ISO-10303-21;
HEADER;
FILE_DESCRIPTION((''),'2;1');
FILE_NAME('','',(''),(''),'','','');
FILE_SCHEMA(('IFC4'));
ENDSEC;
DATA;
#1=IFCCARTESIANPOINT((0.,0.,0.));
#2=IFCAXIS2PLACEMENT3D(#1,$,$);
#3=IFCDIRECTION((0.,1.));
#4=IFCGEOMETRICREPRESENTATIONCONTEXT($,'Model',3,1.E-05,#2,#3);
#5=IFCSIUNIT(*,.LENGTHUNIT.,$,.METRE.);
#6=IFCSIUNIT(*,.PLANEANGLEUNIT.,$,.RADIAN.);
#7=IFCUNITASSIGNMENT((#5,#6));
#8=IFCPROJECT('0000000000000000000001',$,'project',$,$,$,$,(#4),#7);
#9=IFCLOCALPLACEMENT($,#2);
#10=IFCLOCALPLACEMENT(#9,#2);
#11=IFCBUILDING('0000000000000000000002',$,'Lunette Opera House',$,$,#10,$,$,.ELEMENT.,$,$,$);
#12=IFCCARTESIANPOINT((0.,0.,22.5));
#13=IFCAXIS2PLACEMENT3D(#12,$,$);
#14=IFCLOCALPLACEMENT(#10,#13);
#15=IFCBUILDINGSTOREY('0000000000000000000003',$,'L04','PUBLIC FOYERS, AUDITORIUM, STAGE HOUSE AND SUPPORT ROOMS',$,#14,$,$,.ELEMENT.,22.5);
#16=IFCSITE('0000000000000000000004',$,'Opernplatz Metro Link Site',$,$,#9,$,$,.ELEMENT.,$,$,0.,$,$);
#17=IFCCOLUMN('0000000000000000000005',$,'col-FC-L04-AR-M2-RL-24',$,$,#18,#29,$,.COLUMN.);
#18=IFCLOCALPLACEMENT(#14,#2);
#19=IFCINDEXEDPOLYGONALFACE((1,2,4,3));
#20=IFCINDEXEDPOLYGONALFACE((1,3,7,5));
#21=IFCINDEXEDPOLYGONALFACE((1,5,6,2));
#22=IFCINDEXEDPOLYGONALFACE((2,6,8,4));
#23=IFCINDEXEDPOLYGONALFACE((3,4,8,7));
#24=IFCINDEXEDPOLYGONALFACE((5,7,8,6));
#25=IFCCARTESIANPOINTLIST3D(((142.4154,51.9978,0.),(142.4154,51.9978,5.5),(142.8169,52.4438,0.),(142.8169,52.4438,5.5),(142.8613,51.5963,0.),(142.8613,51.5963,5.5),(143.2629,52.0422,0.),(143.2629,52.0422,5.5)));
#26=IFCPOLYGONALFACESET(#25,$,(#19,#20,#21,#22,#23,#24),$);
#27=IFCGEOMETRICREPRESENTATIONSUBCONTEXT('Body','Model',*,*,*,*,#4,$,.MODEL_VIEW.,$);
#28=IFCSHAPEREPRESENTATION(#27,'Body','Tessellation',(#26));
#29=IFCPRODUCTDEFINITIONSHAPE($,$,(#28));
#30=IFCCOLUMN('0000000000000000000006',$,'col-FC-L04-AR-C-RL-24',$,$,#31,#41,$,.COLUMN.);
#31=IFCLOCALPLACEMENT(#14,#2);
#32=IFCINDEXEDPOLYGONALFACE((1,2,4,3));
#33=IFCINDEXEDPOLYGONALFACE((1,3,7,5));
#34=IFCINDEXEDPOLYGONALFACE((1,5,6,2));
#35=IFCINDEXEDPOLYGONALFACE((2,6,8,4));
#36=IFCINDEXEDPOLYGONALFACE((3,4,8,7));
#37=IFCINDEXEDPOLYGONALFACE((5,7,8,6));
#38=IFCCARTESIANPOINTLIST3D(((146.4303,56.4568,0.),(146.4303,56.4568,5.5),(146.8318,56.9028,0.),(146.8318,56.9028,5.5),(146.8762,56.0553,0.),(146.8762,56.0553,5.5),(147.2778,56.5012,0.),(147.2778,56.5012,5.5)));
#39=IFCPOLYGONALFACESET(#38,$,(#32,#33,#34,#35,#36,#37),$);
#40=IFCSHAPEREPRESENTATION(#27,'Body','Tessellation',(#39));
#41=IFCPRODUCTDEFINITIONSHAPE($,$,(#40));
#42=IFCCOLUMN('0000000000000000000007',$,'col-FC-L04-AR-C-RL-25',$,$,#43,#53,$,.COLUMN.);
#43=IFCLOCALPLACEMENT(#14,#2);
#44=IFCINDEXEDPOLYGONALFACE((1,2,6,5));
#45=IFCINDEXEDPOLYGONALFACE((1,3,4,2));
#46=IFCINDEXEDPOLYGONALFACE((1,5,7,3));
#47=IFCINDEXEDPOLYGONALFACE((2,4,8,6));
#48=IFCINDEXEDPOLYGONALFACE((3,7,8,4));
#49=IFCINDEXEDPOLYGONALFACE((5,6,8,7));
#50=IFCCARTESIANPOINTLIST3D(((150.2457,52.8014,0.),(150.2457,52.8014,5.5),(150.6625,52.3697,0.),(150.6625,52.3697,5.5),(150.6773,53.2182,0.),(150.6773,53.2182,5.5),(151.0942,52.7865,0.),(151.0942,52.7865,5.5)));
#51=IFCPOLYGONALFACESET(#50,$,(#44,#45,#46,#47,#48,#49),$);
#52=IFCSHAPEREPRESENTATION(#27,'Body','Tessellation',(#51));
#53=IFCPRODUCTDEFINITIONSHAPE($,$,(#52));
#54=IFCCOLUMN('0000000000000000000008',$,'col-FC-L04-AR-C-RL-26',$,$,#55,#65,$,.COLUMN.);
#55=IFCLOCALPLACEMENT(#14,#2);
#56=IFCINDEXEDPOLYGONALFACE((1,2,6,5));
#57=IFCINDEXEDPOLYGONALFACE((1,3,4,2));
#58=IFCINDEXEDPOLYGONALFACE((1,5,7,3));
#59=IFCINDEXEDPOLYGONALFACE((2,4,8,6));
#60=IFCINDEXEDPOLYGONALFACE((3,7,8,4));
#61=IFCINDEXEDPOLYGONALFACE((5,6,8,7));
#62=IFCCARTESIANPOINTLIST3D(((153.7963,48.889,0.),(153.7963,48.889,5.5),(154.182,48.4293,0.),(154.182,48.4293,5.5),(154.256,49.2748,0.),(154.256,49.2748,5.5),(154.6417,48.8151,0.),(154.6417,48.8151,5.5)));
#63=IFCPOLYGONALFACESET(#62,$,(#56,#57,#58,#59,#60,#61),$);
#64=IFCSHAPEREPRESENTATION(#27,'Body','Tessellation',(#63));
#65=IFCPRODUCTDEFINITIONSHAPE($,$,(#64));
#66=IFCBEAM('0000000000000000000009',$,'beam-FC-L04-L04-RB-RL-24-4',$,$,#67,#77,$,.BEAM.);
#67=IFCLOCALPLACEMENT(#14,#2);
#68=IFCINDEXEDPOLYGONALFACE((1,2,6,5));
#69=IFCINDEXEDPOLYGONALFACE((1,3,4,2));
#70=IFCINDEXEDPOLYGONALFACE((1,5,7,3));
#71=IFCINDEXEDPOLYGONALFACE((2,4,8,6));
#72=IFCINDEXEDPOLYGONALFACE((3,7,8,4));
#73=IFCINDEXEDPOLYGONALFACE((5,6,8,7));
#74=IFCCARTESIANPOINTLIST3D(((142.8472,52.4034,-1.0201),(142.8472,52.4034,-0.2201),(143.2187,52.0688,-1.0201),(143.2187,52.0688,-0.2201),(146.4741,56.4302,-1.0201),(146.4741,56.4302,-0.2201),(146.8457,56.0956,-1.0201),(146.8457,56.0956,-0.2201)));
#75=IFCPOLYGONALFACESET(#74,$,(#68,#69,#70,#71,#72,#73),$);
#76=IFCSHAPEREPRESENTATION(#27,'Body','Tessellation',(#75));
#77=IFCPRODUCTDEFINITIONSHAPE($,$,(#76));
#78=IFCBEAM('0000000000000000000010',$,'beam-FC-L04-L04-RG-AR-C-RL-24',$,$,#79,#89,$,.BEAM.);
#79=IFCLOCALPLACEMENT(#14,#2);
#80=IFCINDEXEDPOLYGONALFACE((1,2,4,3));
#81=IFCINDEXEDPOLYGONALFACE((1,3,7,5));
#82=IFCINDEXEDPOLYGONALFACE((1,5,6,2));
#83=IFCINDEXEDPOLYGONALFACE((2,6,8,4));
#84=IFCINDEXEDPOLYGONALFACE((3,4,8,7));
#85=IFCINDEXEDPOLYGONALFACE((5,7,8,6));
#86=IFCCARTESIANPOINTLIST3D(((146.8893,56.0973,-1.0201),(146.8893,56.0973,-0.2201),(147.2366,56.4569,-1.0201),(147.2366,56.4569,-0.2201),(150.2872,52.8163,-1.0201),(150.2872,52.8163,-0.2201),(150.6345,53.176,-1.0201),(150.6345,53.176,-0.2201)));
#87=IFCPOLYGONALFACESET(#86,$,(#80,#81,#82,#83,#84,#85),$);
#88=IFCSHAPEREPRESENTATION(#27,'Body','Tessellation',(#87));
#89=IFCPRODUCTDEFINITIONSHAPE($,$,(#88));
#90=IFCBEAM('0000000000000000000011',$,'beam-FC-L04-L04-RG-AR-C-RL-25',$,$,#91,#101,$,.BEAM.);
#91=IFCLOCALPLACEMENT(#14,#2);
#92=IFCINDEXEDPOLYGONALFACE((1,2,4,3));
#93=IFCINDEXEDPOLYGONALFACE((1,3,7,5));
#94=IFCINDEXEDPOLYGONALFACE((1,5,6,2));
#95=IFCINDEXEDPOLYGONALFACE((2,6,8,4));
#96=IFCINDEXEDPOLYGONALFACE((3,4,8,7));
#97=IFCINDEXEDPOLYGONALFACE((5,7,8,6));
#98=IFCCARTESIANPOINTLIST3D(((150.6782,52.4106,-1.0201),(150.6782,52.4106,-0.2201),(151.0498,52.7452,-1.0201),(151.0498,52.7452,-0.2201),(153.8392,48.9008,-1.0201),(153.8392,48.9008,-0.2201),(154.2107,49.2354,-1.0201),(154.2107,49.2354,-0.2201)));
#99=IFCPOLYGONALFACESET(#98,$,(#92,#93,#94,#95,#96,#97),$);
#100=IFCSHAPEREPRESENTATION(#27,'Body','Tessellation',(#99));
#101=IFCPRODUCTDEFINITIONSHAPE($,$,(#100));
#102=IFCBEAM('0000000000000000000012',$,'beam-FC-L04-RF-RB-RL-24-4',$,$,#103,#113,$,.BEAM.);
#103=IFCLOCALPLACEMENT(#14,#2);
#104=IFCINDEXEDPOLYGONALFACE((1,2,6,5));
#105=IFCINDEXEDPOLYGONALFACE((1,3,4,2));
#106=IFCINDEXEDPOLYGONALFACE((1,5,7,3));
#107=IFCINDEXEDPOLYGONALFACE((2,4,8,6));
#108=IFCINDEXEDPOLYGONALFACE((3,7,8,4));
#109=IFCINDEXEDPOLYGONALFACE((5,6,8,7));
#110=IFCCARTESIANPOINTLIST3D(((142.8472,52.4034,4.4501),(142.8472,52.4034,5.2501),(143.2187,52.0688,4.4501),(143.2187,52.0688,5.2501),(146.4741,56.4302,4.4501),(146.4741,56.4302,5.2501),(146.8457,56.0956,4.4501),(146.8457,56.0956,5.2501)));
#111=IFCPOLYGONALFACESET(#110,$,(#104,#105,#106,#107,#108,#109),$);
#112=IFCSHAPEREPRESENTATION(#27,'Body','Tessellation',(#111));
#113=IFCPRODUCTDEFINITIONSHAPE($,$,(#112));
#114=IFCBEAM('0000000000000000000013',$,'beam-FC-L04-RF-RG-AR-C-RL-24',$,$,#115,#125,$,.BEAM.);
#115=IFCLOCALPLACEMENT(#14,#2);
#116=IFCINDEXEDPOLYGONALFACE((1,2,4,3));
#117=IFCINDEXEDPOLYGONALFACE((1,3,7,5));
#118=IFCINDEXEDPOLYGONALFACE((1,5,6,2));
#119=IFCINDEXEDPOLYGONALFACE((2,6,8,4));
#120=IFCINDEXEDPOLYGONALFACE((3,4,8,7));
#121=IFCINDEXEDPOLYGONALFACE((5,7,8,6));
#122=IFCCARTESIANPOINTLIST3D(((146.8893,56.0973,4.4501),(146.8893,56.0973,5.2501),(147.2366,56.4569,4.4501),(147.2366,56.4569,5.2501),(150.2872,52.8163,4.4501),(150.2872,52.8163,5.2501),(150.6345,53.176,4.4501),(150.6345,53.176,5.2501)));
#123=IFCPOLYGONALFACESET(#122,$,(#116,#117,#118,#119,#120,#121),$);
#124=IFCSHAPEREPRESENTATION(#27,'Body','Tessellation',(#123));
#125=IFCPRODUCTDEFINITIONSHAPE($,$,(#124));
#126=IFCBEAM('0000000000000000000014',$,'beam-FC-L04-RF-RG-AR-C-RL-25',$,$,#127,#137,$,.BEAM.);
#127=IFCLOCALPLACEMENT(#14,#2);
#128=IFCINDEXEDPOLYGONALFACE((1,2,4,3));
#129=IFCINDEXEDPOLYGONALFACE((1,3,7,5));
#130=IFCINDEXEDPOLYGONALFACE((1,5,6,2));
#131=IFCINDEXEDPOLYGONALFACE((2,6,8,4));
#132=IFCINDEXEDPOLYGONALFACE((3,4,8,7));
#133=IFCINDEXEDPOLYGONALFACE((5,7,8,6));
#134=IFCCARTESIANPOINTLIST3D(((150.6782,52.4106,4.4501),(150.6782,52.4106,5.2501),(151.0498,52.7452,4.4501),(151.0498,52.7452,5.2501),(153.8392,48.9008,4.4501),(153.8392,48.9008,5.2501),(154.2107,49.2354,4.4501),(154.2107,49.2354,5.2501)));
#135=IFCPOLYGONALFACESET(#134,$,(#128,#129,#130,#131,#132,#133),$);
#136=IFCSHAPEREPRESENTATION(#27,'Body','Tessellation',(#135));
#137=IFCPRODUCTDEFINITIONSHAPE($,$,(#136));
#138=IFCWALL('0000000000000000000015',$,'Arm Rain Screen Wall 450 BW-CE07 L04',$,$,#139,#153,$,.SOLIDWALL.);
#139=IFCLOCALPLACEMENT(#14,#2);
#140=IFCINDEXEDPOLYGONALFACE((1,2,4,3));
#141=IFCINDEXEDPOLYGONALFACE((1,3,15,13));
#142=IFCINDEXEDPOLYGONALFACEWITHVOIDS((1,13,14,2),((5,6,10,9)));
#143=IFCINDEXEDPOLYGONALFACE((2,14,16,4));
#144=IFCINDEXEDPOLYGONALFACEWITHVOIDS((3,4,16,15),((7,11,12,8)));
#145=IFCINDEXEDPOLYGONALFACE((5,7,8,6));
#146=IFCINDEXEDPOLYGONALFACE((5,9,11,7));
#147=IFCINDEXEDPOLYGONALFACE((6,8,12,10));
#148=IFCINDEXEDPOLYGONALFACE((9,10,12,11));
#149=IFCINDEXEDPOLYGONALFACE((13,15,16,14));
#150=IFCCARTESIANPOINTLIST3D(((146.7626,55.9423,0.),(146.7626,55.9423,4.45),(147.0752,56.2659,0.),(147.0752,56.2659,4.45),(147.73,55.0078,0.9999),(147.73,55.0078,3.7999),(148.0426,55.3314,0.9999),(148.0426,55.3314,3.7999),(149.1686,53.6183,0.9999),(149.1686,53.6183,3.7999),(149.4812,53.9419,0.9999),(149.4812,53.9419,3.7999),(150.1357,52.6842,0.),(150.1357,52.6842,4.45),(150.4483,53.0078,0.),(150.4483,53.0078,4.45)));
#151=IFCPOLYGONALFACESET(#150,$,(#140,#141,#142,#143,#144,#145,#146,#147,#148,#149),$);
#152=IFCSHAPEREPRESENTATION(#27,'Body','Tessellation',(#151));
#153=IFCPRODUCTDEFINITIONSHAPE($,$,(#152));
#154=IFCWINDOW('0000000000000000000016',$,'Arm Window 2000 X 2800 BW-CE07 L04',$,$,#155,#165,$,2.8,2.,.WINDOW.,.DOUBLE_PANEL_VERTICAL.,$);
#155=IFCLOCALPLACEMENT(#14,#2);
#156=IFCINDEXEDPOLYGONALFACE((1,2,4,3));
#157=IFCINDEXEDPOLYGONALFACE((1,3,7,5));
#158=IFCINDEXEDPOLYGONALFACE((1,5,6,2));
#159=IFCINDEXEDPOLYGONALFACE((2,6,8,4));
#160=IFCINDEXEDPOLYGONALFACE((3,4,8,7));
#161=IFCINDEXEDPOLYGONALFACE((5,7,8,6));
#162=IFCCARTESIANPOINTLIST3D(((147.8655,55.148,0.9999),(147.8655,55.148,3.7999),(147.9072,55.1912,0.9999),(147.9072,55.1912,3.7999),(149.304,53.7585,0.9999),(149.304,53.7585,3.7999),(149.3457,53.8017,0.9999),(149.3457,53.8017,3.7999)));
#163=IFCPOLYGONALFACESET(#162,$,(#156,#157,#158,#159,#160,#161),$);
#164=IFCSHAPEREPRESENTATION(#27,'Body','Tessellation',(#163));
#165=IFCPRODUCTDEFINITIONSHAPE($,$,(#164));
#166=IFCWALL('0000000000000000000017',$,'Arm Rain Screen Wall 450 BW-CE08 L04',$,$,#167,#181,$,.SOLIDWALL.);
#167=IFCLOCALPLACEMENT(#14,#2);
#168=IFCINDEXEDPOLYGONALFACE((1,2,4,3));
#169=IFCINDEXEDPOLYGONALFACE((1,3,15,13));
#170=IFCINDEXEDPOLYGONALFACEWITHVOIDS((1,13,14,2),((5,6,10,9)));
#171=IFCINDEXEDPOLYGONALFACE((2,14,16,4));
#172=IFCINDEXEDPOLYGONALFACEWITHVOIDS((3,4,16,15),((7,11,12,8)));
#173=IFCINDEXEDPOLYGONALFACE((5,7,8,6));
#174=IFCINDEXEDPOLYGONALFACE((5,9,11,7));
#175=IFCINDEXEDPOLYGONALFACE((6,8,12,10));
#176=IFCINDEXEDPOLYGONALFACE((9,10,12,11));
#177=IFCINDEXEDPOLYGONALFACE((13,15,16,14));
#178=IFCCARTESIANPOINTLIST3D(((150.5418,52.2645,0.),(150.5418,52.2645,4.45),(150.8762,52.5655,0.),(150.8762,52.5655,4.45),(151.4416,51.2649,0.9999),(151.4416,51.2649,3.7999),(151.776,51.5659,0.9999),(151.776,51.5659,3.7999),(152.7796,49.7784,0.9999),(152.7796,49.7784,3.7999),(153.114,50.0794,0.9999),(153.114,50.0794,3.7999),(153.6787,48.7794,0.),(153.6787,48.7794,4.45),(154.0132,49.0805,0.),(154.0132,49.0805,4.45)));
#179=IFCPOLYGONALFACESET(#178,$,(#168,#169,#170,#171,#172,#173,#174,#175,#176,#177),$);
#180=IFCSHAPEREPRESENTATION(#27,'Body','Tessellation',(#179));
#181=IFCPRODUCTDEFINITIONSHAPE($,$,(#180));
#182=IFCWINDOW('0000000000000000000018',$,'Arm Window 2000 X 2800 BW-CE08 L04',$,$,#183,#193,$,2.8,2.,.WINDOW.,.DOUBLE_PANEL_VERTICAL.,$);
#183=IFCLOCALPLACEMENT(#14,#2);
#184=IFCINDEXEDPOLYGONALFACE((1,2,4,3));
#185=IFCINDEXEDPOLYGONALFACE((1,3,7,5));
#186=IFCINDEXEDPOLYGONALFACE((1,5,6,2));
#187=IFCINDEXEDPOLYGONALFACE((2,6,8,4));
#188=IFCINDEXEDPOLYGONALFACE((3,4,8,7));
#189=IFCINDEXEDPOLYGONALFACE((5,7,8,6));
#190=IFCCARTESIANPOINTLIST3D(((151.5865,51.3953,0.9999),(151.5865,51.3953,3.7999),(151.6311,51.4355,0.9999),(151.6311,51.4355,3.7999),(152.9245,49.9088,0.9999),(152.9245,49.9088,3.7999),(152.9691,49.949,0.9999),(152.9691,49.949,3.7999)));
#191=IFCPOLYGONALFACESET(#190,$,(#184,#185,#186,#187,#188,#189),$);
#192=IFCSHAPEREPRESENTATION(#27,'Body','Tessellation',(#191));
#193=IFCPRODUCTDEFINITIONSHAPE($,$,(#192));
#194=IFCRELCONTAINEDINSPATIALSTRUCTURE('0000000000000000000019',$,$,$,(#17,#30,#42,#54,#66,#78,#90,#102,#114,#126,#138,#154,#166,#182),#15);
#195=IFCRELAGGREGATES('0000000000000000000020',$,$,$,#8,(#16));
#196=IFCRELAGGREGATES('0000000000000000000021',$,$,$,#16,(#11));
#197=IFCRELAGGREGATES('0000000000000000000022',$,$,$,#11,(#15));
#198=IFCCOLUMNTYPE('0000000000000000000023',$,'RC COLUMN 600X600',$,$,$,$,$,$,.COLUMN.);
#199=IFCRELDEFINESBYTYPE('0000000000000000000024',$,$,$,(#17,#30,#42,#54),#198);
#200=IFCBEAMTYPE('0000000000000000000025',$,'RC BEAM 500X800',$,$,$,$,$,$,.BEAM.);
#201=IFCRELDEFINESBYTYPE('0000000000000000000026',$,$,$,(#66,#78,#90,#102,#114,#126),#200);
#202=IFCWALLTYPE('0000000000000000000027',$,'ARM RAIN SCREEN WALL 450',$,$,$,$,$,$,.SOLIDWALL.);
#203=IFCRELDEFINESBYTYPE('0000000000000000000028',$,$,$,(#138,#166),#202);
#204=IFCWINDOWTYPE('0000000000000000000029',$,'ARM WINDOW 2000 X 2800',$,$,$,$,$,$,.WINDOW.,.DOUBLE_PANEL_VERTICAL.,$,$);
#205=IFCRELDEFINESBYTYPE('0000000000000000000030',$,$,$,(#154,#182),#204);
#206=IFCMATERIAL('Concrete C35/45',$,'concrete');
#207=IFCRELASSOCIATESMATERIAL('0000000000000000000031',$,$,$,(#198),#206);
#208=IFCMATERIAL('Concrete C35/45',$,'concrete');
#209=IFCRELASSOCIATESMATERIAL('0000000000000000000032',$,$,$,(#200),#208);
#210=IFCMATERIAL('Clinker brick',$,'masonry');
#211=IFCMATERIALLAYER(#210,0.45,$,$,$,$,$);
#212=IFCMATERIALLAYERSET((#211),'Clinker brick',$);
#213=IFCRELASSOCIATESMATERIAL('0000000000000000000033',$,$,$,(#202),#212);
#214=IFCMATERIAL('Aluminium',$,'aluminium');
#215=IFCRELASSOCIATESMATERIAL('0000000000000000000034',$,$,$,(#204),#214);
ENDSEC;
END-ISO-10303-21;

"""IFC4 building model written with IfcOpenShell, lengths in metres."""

from ifc_helpers import new_model, si_unit, direction, frame, frame_2d, origin, origin_2d, place, context, subcontext, project, spatial, rectangle, extrude, material, layer, layer_set, material_profile, profile_set, type_object, element, fill, save


model = new_model("IFC4")

# Units and contexts
model_context = context("Model", 3, precision=1e-05, world=origin(), true_north=direction((0.0, 1.0)))
body_context = subcontext(model_context, "Body", "Model", "MODEL_VIEW")
ifc_project = project(units=[si_unit("LENGTHUNIT", "METRE"), si_unit("PLANEANGLEUNIT", "RADIAN")], contexts=[model_context])

# Site, building, storey
site_placement = place(None, origin())
site = spatial("IfcSite", under=ifc_project, at=site_placement, Name="Opernplatz Metro Link Site", CompositionType="ELEMENT", RefElevation=0.0)
building_placement = place(site_placement, origin())
building = spatial("IfcBuilding", under=site, at=building_placement, Name="Lunette Opera House", CompositionType="ELEMENT")
storey_placement = place(building_placement, frame((0.0, 0.0, 22.5)))
storey = spatial("IfcBuildingStorey", under=building, at=storey_placement, Name="L04", Description="PUBLIC FOYERS, AUDITORIUM, STAGE HOUSE AND SUPPORT ROOMS", CompositionType="ELEMENT", Elevation=22.5)

# Columns
ifc_material_1 = material(Name="Concrete C35/45", Category="concrete")
ifc_material_profile_1 = material_profile(ifc_material_1, rectangle(XDim=0.6001, YDim=0.6001, at=origin_2d()), Name="RC COLUMN 600X600")
ifc_profile_set_1 = profile_set([ifc_material_profile_1], Name="Concrete C35/45")
column_type = type_object("IfcColumnType", Name="RC COLUMN 600X600", PredefinedType="COLUMN", material=ifc_profile_set_1)
for number, where, z_axis, x_axis, name in (
    (1, (142.8391, 52.02, 0.0), (0.0, 0.0, 1.0), (0.743145, -0.669131, 0.0), "col-FC-L04-AR-M2-RL-24"),
    (2, (146.854, 56.479, 0.0), (0.0, 0.0, 1.0), (0.743145, -0.669131, 0.0), "col-FC-L04-AR-C-RL-24"),
    (3, (150.6699, 52.7939, 0.0), (0.0, 0.0, 1.0), (0.694658, -0.71934, 0.0), "col-FC-L04-AR-C-RL-25"),
    (4, (154.219, 48.8521, 0.0), (0.0, 0.0, 1.0), (0.642788, -0.766044, 0.0), "col-FC-L04-AR-C-RL-26"),
):
    element("IfcColumn", number, at=place(storey_placement, frame(where, z_axis=z_axis, x_axis=x_axis)), inside=storey, type_object=column_type, Name=name, PredefinedType="COLUMN", context=body_context, shape_type="SweptSolid", body=[
        extrude(rectangle(XDim=0.6001, YDim=0.6001, at=origin_2d()), origin(), (0.0, 0.0, 1.0), 5.5),
    ])

# Beams
ifc_material_2 = material(Name="Concrete C35/45", Category="concrete")
ifc_material_profile_2 = material_profile(ifc_material_2, rectangle(XDim=0.5, YDim=0.8, at=origin_2d()), Name="RC BEAM 500X800")
ifc_profile_set_2 = profile_set([ifc_material_profile_2], Name="Concrete C35/45")
beam_type = type_object("IfcBeamType", Name="RC BEAM 500X800", PredefinedType="BEAM", material=ifc_profile_set_2)
beam_1_placement = place(storey_placement, frame((143.033, 52.2361, -0.6201), z_axis=(0.669248, 0.743039, 0.0), x_axis=(-0.743039, 0.669248, 0.0)))
element("IfcBeam", 5, at=beam_1_placement, inside=storey, type_object=beam_type, Name="beam-FC-L04-L04-RB-RL-24-4", PredefinedType="BEAM", context=body_context, shape_type="SweptSolid", body=[
    extrude(rectangle(XDim=0.5, YDim=0.8, at=origin_2d()), origin(), (0.0, 0.0, 1.0), 5.4194),
])
for number, where, z_axis, x_axis, name in (
    (6, (147.063, 56.2771, -0.6201), (0.719377, -0.694619, 0.0), (0.694619, 0.719377, 0.0), "beam-FC-L04-L04-RG-AR-C-RL-24"),
    (7, (150.864, 52.5779, -0.6201), (0.66921, -0.743073, 0.0), (0.743073, 0.66921, 0.0), "beam-FC-L04-L04-RG-AR-C-RL-25"),
):
    element("IfcBeam", number, at=place(storey_placement, frame(where, z_axis=z_axis, x_axis=x_axis)), inside=storey, type_object=beam_type, Name=name, PredefinedType="BEAM", context=body_context, shape_type="SweptSolid", body=[
        extrude(rectangle(XDim=0.5, YDim=0.8, at=origin_2d()), origin(), (0.0, 0.0, 1.0), 4.7234),
    ])
beam_2_placement = place(storey_placement, frame((143.033, 52.2361, 4.8501), z_axis=(0.669248, 0.743039, 0.0), x_axis=(-0.743039, 0.669248, 0.0)))
element("IfcBeam", 8, at=beam_2_placement, inside=storey, type_object=beam_type, Name="beam-FC-L04-RF-RB-RL-24-4", PredefinedType="BEAM", context=body_context, shape_type="SweptSolid", body=[
    extrude(rectangle(XDim=0.5, YDim=0.8, at=origin_2d()), origin(), (0.0, 0.0, 1.0), 5.4194),
])
for number, where, z_axis, x_axis, name in (
    (9, (147.063, 56.2771, 4.8501), (0.719377, -0.694619, 0.0), (0.694619, 0.719377, 0.0), "beam-FC-L04-RF-RG-AR-C-RL-24"),
    (10, (150.864, 52.5779, 4.8501), (0.66921, -0.743073, 0.0), (0.743073, 0.66921, 0.0), "beam-FC-L04-RF-RG-AR-C-RL-25"),
):
    element("IfcBeam", number, at=place(storey_placement, frame(where, z_axis=z_axis, x_axis=x_axis)), inside=storey, type_object=beam_type, Name=name, PredefinedType="BEAM", context=body_context, shape_type="SweptSolid", body=[
        extrude(rectangle(XDim=0.5, YDim=0.8, at=origin_2d()), origin(), (0.0, 0.0, 1.0), 4.7234),
    ])

# Walls, openings, windows
ifc_material_3 = material(Name="Clinker brick", Category="masonry")
ifc_layer_1 = layer(ifc_material_3, 0.45)
ifc_layer_set_1 = layer_set([ifc_layer_1], Name="Clinker brick")
wall_type_1 = type_object("IfcWallType", Name="ARM RAIN SCREEN WALL 450", PredefinedType="SOLIDWALL", material=ifc_layer_set_1)
wall_1_placement = place(storey_placement, frame((146.9189, 56.104, 0.0), z_axis=(0.0, 0.0, 1.0), x_axis=(0.719261, -0.69474, 0.0)))
wall_1 = element("IfcWall", 11, at=wall_1_placement, inside=storey, type_object=wall_type_1, Name="Arm Rain Screen Wall 450 BW-CE07 L04", PredefinedType="SOLIDWALL", context=body_context, shape_type="SweptSolid", body=[
    extrude(rectangle(XDim=4.6897, YDim=0.45, at=frame_2d((2.3447, 0.0))), origin(), (0.0, 0.0, 1.0), 4.45),
])
opening_1_placement = place(wall_1_placement, frame((1.345, 0.0, 1.0)))
opening_1 = element("IfcOpeningElement", 12, at=opening_1_placement, cuts=wall_1, PredefinedType="OPENING", context=body_context, shape_type="SweptSolid", body=[
    extrude(rectangle(XDim=2.0, YDim=2.8, at=frame_2d((1.0, 1.3999))), frame((0.0, 0.2371, 0.0), z_axis=(0.0, -1.0, 0.0), x_axis=(1.0, 0.0, 0.0)), (0.0, 0.0, 1.0), 0.4739),
])
ifc_material_4 = material(Name="Aluminium", Category="aluminium")
window_type = type_object("IfcWindowType", Name="ARM WINDOW 2000 X 2800", PartitioningType="DOUBLE_PANEL_VERTICAL", PredefinedType="WINDOW", material=ifc_material_4)
window_1_placement = place(opening_1_placement, origin())
window_1 = element("IfcWindow", 13, at=window_1_placement, inside=storey, type_object=window_type, Name="Arm Window 2000 X 2800 BW-CE07 L04", OverallHeight=2.8, OverallWidth=2.0, PartitioningType="DOUBLE_PANEL_VERTICAL", PredefinedType="WINDOW", context=body_context, shape_type="SweptSolid", body=[
    extrude(rectangle(XDim=2.0, YDim=2.8, at=frame_2d((1.0, 1.3999))), frame((0.0, 0.03, 0.0), z_axis=(0.0, -1.0, 0.0), x_axis=(1.0, 0.0, 0.0)), (0.0, 0.0, 1.0), 0.0601),
])
fill(opening_1, window_1)
wall_2_placement = place(storey_placement, frame((150.709, 52.415, 0.0), z_axis=(0.0, 0.0, 1.0), x_axis=(0.669008, -0.743255, 0.0)))
wall_2 = element("IfcWall", 14, at=wall_2_placement, inside=storey, type_object=wall_type_1, Name="Arm Rain Screen Wall 450 BW-CE08 L04", PredefinedType="SOLIDWALL", context=body_context, shape_type="SweptSolid", body=[
    extrude(rectangle(XDim=4.689, YDim=0.45, at=frame_2d((2.3445, 0.0))), origin(), (0.0, 0.0, 1.0), 4.45),
])
opening_2_placement = place(wall_2_placement, frame((1.345, 0.0, 1.0)))
opening_2 = element("IfcOpeningElement", 15, at=opening_2_placement, cuts=wall_2, PredefinedType="OPENING", context=body_context, shape_type="SweptSolid", body=[
    extrude(rectangle(XDim=2.0, YDim=2.8, at=frame_2d((1.0, 1.3999))), frame((0.0, 0.2371, 0.0), z_axis=(0.0, -1.0, 0.0), x_axis=(1.0, 0.0, 0.0)), (0.0, 0.0, 1.0), 0.4739),
])
window_2_placement = place(opening_2_placement, origin())
window_2 = element("IfcWindow", 16, at=window_2_placement, inside=storey, type_object=window_type, Name="Arm Window 2000 X 2800 BW-CE08 L04", OverallHeight=2.8, OverallWidth=2.0, PartitioningType="DOUBLE_PANEL_VERTICAL", PredefinedType="WINDOW", context=body_context, shape_type="SweptSolid", body=[
    extrude(rectangle(XDim=2.0, YDim=2.8, at=frame_2d((1.0, 1.3999))), frame((0.0, 0.03, 0.0), z_axis=(0.0, -1.0, 0.0), x_axis=(1.0, 0.0, 0.0)), (0.0, 0.0, 1.0), 0.0601),
])
fill(opening_2, window_2)

save(model, "model.ifc")
